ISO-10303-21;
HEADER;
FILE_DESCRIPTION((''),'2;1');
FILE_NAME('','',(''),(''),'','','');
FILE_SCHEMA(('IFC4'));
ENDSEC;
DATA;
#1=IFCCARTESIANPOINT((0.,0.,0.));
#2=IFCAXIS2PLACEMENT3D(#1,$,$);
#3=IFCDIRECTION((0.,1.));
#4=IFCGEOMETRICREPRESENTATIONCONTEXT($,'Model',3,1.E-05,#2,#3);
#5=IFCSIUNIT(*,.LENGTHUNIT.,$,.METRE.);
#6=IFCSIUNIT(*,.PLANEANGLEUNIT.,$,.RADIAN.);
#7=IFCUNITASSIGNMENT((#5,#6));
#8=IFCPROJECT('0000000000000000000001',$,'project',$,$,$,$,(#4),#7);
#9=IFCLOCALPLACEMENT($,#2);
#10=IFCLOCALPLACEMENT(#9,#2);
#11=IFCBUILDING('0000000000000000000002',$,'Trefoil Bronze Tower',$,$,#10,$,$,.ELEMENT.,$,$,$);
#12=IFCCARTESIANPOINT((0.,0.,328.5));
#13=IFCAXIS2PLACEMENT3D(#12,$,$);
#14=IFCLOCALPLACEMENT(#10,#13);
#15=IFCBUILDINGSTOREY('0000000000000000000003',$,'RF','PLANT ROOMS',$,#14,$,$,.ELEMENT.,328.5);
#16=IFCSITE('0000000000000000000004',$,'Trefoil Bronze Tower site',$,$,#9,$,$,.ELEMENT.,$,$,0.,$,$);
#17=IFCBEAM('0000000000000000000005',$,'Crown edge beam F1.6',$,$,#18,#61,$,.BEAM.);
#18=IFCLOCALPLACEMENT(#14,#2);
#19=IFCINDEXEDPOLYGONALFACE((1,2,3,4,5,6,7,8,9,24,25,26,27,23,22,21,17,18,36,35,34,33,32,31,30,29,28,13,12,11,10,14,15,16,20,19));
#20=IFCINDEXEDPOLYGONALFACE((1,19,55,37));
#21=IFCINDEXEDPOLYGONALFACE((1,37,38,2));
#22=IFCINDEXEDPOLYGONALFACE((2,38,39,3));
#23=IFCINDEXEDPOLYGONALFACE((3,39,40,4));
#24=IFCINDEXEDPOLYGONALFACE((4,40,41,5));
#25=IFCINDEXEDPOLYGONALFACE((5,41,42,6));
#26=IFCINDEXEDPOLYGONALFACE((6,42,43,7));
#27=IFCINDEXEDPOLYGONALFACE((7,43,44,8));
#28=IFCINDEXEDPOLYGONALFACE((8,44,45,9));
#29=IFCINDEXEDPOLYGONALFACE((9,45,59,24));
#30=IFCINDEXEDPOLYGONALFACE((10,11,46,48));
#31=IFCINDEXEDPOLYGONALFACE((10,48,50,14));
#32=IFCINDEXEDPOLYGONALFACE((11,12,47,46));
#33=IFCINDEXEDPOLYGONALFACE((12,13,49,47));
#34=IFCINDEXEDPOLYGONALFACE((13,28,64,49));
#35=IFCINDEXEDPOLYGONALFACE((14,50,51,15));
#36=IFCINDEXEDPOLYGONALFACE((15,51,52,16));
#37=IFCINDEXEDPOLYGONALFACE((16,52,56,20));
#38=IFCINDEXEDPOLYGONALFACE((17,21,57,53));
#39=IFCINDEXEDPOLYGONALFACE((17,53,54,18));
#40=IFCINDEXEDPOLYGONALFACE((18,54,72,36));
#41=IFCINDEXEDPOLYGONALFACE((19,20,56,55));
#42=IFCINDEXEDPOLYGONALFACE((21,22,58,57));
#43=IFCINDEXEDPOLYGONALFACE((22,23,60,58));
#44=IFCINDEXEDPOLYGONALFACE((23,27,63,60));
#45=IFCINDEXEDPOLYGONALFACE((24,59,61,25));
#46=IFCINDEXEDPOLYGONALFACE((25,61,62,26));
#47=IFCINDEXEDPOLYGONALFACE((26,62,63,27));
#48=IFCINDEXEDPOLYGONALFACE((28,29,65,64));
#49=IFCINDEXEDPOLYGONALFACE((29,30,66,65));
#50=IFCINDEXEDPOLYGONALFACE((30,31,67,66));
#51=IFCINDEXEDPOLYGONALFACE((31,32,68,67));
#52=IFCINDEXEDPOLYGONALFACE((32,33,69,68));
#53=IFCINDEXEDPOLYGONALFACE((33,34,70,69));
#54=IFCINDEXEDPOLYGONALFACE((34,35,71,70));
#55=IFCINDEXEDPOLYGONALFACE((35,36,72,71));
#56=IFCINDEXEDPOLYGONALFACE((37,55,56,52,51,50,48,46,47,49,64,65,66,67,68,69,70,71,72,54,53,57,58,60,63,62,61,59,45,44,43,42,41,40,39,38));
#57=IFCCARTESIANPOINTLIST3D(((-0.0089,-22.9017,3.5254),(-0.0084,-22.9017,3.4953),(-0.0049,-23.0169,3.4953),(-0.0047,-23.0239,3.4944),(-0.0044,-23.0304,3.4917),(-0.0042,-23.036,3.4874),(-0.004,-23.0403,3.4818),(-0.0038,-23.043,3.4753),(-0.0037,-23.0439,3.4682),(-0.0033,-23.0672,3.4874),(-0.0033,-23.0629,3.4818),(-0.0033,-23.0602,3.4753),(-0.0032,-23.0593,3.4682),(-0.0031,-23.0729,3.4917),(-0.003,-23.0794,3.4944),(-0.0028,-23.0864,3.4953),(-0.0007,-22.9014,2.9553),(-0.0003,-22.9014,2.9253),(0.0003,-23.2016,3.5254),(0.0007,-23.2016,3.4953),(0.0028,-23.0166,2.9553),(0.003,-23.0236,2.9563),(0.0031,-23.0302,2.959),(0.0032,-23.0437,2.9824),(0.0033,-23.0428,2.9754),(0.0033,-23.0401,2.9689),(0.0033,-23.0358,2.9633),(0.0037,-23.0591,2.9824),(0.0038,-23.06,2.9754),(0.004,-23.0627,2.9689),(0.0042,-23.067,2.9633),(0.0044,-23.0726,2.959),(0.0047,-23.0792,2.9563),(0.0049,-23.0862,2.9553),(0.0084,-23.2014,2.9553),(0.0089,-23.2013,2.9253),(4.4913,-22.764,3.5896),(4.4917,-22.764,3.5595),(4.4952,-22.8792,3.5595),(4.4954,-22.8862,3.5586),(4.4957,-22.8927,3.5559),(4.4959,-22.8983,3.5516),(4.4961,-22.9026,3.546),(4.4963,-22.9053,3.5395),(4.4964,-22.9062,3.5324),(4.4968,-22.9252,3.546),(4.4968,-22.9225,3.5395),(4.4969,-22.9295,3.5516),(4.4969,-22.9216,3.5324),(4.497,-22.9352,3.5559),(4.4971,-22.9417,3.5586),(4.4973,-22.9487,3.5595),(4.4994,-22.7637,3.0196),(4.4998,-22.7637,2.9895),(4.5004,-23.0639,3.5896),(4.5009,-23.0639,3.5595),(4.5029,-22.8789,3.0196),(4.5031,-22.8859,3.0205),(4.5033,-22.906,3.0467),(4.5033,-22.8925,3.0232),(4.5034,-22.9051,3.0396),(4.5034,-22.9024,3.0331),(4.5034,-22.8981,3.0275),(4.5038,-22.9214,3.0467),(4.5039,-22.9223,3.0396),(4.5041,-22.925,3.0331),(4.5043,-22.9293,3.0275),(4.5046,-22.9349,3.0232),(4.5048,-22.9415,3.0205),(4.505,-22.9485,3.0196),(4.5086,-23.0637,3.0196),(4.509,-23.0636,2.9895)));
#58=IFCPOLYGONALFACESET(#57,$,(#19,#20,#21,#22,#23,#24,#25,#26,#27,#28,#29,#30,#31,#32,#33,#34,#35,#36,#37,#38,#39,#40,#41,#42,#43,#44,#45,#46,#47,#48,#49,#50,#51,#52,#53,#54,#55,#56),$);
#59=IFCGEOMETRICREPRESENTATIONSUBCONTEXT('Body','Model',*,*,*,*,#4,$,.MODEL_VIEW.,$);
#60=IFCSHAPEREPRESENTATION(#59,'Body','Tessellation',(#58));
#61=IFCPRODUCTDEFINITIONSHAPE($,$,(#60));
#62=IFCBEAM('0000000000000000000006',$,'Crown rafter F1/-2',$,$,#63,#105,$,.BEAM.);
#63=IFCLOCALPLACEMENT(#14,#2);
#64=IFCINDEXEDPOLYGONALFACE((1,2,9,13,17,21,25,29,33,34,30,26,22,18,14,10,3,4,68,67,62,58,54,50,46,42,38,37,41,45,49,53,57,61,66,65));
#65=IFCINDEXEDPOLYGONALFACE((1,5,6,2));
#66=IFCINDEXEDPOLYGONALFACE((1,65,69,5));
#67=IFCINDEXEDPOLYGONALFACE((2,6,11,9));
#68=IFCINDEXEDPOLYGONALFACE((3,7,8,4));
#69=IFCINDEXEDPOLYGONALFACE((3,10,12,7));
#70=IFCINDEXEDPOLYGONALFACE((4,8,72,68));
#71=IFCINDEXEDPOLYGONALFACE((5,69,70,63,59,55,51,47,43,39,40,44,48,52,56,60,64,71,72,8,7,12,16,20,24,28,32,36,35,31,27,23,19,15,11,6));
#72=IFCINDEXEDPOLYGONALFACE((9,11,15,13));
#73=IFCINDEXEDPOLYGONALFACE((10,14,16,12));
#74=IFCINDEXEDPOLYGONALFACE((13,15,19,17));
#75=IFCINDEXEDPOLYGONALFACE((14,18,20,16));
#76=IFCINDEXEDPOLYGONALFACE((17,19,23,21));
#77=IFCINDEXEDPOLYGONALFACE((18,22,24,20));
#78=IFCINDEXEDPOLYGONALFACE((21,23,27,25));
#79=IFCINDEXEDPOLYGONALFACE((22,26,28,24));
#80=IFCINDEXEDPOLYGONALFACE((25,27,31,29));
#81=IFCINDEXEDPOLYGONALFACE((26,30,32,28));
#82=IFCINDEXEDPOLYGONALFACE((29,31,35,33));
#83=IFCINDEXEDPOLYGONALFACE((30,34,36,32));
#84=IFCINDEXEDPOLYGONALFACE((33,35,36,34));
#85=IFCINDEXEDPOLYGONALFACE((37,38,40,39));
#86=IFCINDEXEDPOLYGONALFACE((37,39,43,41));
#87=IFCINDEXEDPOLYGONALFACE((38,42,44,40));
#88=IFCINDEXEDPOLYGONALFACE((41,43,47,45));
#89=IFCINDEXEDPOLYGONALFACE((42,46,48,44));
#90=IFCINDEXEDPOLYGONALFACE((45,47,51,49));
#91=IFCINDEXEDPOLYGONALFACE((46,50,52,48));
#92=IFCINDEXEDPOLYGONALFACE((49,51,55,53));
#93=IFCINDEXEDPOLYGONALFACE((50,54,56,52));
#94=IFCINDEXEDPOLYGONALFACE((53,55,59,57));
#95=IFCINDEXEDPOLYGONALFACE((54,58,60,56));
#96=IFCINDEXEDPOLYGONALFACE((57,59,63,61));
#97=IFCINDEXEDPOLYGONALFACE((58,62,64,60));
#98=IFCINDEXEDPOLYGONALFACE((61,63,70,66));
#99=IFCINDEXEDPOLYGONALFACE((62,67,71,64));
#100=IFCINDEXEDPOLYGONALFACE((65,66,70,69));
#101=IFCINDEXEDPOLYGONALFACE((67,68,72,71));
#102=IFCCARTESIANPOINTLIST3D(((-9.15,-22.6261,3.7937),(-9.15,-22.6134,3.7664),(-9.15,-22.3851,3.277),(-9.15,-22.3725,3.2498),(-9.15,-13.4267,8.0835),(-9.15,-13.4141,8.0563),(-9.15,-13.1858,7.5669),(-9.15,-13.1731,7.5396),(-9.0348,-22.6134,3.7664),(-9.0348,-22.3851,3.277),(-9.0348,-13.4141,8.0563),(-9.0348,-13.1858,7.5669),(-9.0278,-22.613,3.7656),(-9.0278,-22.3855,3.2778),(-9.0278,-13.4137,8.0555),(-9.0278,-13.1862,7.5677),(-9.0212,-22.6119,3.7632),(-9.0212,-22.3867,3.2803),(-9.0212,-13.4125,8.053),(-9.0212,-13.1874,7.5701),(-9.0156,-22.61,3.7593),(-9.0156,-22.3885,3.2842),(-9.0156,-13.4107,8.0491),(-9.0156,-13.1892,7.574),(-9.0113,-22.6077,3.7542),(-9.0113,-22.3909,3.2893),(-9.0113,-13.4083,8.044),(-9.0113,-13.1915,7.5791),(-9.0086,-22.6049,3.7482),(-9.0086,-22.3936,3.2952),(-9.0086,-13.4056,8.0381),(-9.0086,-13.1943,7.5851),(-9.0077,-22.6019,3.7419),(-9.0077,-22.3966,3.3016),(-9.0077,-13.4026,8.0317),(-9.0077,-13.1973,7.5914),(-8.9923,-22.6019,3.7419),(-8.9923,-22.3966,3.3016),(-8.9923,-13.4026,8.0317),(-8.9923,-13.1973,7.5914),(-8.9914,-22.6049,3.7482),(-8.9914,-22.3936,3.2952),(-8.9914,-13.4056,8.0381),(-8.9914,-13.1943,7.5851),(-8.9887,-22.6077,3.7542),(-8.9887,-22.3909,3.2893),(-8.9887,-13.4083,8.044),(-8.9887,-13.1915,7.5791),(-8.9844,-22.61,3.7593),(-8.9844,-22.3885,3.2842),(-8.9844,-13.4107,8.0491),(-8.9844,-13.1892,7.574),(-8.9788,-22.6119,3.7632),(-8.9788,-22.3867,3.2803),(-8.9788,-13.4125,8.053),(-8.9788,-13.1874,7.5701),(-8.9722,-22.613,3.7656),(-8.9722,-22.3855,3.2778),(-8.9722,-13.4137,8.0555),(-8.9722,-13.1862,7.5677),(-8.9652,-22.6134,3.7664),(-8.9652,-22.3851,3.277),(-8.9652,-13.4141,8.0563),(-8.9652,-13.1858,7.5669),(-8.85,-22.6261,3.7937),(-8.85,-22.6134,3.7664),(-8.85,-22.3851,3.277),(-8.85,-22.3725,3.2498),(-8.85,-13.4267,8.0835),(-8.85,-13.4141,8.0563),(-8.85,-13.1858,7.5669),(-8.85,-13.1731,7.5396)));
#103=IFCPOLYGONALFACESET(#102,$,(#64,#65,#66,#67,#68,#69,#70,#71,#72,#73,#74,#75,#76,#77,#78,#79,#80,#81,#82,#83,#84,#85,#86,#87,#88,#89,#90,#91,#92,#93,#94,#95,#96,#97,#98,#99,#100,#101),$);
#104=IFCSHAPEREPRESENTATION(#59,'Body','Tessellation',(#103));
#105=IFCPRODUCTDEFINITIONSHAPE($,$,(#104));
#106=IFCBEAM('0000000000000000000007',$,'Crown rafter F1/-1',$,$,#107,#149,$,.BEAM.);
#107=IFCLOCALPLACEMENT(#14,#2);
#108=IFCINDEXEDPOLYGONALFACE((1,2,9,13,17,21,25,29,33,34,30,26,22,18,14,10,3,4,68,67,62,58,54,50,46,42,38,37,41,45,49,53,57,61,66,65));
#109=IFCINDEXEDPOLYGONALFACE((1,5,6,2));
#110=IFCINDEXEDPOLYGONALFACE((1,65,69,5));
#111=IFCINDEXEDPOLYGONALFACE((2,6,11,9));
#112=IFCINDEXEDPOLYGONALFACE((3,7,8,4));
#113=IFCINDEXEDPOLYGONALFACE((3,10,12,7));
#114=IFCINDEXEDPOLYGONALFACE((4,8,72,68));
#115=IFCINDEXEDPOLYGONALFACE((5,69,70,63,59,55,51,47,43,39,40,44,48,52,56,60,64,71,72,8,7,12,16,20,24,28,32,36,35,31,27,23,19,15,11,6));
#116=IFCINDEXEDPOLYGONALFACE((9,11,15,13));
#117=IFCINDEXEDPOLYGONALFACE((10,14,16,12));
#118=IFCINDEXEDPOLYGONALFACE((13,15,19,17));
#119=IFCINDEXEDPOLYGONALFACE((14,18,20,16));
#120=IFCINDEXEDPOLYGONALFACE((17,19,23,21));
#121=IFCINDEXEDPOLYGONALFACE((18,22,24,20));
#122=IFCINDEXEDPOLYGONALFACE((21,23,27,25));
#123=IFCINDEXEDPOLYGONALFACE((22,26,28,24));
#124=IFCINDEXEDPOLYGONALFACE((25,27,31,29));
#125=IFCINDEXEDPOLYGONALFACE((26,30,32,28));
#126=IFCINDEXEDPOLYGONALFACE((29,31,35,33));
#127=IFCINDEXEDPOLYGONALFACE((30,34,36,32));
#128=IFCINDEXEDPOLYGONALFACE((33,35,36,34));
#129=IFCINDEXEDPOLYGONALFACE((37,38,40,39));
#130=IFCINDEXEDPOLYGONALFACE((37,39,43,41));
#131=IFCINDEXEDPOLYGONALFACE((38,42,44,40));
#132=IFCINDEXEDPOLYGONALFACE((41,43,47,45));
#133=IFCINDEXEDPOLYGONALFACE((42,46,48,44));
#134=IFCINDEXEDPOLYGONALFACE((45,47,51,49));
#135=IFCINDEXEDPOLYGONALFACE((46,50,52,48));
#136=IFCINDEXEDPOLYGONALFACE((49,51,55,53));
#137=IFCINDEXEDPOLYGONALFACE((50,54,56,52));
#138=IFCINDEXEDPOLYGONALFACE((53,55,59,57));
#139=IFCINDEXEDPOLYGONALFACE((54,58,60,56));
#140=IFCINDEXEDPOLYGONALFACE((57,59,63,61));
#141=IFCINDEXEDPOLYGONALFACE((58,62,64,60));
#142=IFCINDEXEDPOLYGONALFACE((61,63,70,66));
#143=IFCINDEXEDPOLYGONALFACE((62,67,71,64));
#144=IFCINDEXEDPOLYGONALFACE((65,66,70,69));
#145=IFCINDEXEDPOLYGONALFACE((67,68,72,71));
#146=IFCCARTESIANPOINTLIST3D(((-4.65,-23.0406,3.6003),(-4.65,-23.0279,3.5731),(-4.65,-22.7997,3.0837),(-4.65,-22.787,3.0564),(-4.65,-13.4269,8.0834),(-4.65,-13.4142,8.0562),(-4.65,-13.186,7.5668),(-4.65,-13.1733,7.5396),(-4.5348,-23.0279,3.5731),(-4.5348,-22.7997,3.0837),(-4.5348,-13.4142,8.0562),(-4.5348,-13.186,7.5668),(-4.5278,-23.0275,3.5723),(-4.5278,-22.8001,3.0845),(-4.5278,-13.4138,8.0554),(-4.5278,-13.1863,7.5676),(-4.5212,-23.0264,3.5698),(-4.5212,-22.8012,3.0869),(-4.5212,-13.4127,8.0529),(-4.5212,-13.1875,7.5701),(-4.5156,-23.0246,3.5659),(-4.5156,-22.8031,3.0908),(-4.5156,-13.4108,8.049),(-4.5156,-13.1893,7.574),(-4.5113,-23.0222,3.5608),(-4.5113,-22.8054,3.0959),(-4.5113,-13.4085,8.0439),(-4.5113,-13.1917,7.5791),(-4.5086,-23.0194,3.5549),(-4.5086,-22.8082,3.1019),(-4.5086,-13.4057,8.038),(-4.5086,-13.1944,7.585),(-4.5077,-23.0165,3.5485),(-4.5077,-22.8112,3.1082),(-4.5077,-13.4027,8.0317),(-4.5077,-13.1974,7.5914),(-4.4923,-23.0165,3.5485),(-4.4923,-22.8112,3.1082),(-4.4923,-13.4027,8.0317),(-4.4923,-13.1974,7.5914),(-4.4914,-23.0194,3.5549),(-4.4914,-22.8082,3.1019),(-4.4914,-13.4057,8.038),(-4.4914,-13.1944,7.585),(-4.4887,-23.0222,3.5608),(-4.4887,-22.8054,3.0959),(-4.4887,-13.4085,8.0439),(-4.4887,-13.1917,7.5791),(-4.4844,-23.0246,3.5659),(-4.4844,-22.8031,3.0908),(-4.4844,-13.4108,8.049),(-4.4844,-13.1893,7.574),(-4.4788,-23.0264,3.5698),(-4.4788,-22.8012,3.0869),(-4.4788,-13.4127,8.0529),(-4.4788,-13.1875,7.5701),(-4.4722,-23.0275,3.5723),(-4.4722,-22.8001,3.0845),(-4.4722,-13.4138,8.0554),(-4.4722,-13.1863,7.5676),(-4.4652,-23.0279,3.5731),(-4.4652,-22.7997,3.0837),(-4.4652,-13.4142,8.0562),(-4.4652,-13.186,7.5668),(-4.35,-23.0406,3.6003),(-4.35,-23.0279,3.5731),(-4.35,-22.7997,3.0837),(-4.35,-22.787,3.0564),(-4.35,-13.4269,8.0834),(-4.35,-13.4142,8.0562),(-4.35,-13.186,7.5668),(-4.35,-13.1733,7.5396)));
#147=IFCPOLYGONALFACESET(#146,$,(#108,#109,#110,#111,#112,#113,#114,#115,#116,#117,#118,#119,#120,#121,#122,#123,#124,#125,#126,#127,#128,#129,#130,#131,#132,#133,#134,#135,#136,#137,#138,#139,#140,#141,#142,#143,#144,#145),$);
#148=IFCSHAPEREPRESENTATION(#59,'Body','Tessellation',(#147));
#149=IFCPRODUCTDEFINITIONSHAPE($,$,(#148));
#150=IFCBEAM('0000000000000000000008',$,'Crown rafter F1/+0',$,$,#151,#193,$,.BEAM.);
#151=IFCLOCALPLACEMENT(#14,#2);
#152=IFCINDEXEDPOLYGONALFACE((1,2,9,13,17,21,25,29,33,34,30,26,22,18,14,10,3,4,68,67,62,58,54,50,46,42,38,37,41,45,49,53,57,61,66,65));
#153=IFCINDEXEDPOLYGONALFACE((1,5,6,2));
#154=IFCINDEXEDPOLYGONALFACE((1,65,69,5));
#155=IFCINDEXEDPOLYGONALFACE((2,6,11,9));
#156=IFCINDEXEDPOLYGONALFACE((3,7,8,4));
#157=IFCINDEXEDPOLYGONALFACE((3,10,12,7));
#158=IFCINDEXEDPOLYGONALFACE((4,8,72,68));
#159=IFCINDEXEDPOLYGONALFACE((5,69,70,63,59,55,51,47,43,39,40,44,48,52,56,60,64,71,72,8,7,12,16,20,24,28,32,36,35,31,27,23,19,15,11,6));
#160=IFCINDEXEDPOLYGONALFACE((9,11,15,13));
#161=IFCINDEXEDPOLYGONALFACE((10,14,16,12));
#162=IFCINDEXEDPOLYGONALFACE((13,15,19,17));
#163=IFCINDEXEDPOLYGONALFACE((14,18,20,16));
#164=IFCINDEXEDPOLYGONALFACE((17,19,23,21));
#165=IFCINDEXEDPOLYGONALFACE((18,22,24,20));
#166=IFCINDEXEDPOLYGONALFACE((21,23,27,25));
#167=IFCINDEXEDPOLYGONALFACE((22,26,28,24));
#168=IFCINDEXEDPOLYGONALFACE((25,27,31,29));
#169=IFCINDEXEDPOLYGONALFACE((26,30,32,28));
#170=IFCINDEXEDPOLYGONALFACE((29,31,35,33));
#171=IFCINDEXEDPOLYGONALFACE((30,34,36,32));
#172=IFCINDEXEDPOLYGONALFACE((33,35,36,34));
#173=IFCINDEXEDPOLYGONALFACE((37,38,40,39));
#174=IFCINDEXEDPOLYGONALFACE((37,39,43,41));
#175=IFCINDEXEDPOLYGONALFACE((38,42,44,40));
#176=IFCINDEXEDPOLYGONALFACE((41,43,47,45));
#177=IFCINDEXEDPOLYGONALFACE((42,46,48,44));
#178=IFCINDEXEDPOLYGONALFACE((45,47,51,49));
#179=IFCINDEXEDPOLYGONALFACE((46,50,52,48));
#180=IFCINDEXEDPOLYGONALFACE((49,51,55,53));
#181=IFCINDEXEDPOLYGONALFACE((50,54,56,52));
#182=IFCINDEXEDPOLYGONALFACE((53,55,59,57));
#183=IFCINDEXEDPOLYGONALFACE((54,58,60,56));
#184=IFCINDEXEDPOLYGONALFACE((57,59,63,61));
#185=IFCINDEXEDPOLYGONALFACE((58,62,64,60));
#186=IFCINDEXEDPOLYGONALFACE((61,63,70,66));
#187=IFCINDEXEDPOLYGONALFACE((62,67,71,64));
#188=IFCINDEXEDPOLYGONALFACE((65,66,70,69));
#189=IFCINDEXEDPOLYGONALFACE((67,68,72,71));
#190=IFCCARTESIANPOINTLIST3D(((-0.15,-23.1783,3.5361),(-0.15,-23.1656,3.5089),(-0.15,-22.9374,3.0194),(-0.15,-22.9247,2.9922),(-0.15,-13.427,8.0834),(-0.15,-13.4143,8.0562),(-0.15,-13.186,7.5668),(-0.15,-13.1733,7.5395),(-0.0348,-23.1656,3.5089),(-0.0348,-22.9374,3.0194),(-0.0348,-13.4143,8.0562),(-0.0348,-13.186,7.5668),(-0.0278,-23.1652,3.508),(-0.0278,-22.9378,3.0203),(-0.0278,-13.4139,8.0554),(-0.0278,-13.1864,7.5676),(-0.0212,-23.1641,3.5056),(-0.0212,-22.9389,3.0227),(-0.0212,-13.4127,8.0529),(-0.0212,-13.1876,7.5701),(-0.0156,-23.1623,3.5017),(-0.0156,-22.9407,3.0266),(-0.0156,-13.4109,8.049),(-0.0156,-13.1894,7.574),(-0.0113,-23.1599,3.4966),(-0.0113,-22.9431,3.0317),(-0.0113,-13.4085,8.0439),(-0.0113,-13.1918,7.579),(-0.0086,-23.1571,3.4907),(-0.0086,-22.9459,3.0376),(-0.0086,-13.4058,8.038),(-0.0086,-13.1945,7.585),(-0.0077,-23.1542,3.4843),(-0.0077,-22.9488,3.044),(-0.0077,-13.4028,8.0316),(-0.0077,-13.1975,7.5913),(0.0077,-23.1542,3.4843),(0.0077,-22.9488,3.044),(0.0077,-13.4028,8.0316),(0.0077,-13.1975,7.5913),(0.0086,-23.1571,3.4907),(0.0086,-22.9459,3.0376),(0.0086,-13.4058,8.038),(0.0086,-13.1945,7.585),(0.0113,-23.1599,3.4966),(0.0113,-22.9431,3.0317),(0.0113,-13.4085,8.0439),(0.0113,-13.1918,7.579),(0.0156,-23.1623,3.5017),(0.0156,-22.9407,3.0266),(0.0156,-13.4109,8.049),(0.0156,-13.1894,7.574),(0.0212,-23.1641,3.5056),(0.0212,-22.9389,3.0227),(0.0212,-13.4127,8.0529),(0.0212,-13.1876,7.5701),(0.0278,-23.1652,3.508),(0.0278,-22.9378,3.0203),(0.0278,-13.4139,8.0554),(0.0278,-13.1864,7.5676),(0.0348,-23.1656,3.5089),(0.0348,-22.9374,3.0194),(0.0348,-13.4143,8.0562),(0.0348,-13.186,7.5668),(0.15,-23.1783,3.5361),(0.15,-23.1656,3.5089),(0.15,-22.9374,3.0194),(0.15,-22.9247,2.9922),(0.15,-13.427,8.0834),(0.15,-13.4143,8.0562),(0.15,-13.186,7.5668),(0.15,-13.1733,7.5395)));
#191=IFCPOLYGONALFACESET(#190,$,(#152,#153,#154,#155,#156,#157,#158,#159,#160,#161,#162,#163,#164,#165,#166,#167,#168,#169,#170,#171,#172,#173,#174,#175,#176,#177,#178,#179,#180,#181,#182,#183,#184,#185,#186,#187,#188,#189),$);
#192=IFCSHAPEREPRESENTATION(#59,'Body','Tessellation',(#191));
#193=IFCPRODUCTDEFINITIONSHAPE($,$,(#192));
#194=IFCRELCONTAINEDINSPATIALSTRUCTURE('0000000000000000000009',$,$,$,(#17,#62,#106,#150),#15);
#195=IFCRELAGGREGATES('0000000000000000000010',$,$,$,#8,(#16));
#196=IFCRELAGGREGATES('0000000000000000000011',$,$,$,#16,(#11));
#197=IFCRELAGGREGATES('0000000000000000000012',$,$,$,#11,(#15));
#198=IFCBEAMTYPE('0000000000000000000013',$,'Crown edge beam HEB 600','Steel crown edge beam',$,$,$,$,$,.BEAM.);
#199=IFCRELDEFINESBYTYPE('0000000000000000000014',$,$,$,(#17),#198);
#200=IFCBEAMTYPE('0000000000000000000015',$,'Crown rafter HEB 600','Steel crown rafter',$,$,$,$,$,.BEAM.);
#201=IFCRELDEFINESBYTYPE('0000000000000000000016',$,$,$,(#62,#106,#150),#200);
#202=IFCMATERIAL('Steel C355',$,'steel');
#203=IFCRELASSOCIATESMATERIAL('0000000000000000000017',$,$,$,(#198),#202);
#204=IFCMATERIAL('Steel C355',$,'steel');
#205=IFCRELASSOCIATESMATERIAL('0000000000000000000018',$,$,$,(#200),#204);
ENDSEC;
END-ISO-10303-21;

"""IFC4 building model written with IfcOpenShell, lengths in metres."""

from ifc_helpers import new_model, si_unit, direction, frame, origin, origin_2d, place, context, subcontext, project, spatial, i_section, extrude, material, material_profile, profile_set, type_object, element, save


model = new_model("IFC4")

# Units and contexts
model_context = context("Model", 3, precision=1e-05, world=origin(), true_north=direction((0.0, 1.0)))
body_context = subcontext(model_context, "Body", "Model", "MODEL_VIEW")
ifc_project = project(units=[si_unit("LENGTHUNIT", "METRE"), si_unit("PLANEANGLEUNIT", "RADIAN")], contexts=[model_context])

# Site, building, storey
site_placement = place(None, origin())
site = spatial("IfcSite", under=ifc_project, at=site_placement, Name="Trefoil Bronze Tower site", CompositionType="ELEMENT", RefElevation=0.0)
building_placement = place(site_placement, origin())
building = spatial("IfcBuilding", under=site, at=building_placement, Name="Trefoil Bronze Tower", CompositionType="ELEMENT")
storey_placement = place(building_placement, frame((0.0, 0.0, 328.5)))
storey = spatial("IfcBuildingStorey", under=building, at=storey_placement, Name="RF", Description="PLANT ROOMS", CompositionType="ELEMENT", Elevation=328.5)

# Beams
ifc_material_1 = material(Name="Steel C355", Category="steel")
ifc_material_profile_1 = material_profile(ifc_material_1, i_section(OverallWidth=0.3, OverallDepth=0.6001, WebThickness=0.0154, FlangeThickness=0.03, FilletRadius=0.0271, at=origin_2d()), Name="HEB 600")
ifc_profile_set_1 = profile_set([ifc_material_profile_1], Name="Steel C355")
beam_type_1 = type_object("IfcBeamType", Name="Crown edge beam HEB 600", Description="Steel crown edge beam", PredefinedType="BEAM", material=ifc_profile_set_1)
for number, where, z_axis, x_axis, name in (
    (1, (0.0, -23.0515, 3.2253), (0.999431, 0.030582, 0.014261), (-0.030585, 0.999532, 0.0), "Crown edge beam F1.6"),
):
    element("IfcBeam", number, at=place(storey_placement, frame(where, z_axis=z_axis, x_axis=x_axis)), inside=storey, type_object=beam_type_1, Name=name, PredefinedType="BEAM", context=body_context, shape_type="SweptSolid", body=[
        extrude(i_section(OverallWidth=0.3, OverallDepth=0.6001, WebThickness=0.0154, FlangeThickness=0.03, FilletRadius=0.0271, at=origin_2d()), origin(), (0.0, 0.0, 1.0), 4.5027),
    ])
ifc_material_2 = material(Name="Steel C355", Category="steel")
ifc_material_profile_2 = material_profile(ifc_material_2, i_section(OverallWidth=0.3, OverallDepth=0.6001, WebThickness=0.0154, FlangeThickness=0.03, FilletRadius=0.0271, at=origin_2d()), Name="HEB 600")
ifc_profile_set_2 = profile_set([ifc_material_profile_2], Name="Steel C355")
beam_type_2 = type_object("IfcBeamType", Name="Crown rafter HEB 600", Description="Steel crown rafter", PredefinedType="BEAM", material=ifc_profile_set_2)
beam_1_placement = place(storey_placement, frame((-9.0, -22.4993, 3.5217), z_axis=(0.0, 0.906303, 0.422629), x_axis=(-1.0, 0.0, 0.0)))
element("IfcBeam", 2, at=beam_1_placement, inside=storey, type_object=beam_type_2, Name="Crown rafter F1/-2", PredefinedType="BEAM", context=body_context, shape_type="SweptSolid", body=[
    extrude(i_section(OverallWidth=0.3, OverallDepth=0.6001, WebThickness=0.0154, FlangeThickness=0.03, FilletRadius=0.0271, at=origin_2d()), origin(), (0.0, 0.0, 1.0), 10.1504),
])
beam_2_placement = place(storey_placement, frame((-4.5, -22.9138, 3.3284), z_axis=(0.0, 0.906301, 0.422632), x_axis=(-1.0, 0.0, 0.0)))
element("IfcBeam", 3, at=beam_2_placement, inside=storey, type_object=beam_type_2, Name="Crown rafter F1/-1", PredefinedType="BEAM", context=body_context, shape_type="SweptSolid", body=[
    extrude(i_section(OverallWidth=0.3, OverallDepth=0.6001, WebThickness=0.0154, FlangeThickness=0.03, FilletRadius=0.0271, at=origin_2d()), origin(), (0.0, 0.0, 1.0), 10.6077),
])
beam_3_placement = place(storey_placement, frame((0.0, -23.0515, 3.2642), z_axis=(0.0, 0.906301, 0.422632), x_axis=(-1.0, 0.0, 0.0)))
element("IfcBeam", 4, at=beam_3_placement, inside=storey, type_object=beam_type_2, Name="Crown rafter F1/+0", PredefinedType="BEAM", context=body_context, shape_type="SweptSolid", body=[
    extrude(i_section(OverallWidth=0.3, OverallDepth=0.6001, WebThickness=0.0154, FlangeThickness=0.03, FilletRadius=0.0271, at=origin_2d()), origin(), (0.0, 0.0, 1.0), 10.7595),
])

save(model, "model.ifc")
